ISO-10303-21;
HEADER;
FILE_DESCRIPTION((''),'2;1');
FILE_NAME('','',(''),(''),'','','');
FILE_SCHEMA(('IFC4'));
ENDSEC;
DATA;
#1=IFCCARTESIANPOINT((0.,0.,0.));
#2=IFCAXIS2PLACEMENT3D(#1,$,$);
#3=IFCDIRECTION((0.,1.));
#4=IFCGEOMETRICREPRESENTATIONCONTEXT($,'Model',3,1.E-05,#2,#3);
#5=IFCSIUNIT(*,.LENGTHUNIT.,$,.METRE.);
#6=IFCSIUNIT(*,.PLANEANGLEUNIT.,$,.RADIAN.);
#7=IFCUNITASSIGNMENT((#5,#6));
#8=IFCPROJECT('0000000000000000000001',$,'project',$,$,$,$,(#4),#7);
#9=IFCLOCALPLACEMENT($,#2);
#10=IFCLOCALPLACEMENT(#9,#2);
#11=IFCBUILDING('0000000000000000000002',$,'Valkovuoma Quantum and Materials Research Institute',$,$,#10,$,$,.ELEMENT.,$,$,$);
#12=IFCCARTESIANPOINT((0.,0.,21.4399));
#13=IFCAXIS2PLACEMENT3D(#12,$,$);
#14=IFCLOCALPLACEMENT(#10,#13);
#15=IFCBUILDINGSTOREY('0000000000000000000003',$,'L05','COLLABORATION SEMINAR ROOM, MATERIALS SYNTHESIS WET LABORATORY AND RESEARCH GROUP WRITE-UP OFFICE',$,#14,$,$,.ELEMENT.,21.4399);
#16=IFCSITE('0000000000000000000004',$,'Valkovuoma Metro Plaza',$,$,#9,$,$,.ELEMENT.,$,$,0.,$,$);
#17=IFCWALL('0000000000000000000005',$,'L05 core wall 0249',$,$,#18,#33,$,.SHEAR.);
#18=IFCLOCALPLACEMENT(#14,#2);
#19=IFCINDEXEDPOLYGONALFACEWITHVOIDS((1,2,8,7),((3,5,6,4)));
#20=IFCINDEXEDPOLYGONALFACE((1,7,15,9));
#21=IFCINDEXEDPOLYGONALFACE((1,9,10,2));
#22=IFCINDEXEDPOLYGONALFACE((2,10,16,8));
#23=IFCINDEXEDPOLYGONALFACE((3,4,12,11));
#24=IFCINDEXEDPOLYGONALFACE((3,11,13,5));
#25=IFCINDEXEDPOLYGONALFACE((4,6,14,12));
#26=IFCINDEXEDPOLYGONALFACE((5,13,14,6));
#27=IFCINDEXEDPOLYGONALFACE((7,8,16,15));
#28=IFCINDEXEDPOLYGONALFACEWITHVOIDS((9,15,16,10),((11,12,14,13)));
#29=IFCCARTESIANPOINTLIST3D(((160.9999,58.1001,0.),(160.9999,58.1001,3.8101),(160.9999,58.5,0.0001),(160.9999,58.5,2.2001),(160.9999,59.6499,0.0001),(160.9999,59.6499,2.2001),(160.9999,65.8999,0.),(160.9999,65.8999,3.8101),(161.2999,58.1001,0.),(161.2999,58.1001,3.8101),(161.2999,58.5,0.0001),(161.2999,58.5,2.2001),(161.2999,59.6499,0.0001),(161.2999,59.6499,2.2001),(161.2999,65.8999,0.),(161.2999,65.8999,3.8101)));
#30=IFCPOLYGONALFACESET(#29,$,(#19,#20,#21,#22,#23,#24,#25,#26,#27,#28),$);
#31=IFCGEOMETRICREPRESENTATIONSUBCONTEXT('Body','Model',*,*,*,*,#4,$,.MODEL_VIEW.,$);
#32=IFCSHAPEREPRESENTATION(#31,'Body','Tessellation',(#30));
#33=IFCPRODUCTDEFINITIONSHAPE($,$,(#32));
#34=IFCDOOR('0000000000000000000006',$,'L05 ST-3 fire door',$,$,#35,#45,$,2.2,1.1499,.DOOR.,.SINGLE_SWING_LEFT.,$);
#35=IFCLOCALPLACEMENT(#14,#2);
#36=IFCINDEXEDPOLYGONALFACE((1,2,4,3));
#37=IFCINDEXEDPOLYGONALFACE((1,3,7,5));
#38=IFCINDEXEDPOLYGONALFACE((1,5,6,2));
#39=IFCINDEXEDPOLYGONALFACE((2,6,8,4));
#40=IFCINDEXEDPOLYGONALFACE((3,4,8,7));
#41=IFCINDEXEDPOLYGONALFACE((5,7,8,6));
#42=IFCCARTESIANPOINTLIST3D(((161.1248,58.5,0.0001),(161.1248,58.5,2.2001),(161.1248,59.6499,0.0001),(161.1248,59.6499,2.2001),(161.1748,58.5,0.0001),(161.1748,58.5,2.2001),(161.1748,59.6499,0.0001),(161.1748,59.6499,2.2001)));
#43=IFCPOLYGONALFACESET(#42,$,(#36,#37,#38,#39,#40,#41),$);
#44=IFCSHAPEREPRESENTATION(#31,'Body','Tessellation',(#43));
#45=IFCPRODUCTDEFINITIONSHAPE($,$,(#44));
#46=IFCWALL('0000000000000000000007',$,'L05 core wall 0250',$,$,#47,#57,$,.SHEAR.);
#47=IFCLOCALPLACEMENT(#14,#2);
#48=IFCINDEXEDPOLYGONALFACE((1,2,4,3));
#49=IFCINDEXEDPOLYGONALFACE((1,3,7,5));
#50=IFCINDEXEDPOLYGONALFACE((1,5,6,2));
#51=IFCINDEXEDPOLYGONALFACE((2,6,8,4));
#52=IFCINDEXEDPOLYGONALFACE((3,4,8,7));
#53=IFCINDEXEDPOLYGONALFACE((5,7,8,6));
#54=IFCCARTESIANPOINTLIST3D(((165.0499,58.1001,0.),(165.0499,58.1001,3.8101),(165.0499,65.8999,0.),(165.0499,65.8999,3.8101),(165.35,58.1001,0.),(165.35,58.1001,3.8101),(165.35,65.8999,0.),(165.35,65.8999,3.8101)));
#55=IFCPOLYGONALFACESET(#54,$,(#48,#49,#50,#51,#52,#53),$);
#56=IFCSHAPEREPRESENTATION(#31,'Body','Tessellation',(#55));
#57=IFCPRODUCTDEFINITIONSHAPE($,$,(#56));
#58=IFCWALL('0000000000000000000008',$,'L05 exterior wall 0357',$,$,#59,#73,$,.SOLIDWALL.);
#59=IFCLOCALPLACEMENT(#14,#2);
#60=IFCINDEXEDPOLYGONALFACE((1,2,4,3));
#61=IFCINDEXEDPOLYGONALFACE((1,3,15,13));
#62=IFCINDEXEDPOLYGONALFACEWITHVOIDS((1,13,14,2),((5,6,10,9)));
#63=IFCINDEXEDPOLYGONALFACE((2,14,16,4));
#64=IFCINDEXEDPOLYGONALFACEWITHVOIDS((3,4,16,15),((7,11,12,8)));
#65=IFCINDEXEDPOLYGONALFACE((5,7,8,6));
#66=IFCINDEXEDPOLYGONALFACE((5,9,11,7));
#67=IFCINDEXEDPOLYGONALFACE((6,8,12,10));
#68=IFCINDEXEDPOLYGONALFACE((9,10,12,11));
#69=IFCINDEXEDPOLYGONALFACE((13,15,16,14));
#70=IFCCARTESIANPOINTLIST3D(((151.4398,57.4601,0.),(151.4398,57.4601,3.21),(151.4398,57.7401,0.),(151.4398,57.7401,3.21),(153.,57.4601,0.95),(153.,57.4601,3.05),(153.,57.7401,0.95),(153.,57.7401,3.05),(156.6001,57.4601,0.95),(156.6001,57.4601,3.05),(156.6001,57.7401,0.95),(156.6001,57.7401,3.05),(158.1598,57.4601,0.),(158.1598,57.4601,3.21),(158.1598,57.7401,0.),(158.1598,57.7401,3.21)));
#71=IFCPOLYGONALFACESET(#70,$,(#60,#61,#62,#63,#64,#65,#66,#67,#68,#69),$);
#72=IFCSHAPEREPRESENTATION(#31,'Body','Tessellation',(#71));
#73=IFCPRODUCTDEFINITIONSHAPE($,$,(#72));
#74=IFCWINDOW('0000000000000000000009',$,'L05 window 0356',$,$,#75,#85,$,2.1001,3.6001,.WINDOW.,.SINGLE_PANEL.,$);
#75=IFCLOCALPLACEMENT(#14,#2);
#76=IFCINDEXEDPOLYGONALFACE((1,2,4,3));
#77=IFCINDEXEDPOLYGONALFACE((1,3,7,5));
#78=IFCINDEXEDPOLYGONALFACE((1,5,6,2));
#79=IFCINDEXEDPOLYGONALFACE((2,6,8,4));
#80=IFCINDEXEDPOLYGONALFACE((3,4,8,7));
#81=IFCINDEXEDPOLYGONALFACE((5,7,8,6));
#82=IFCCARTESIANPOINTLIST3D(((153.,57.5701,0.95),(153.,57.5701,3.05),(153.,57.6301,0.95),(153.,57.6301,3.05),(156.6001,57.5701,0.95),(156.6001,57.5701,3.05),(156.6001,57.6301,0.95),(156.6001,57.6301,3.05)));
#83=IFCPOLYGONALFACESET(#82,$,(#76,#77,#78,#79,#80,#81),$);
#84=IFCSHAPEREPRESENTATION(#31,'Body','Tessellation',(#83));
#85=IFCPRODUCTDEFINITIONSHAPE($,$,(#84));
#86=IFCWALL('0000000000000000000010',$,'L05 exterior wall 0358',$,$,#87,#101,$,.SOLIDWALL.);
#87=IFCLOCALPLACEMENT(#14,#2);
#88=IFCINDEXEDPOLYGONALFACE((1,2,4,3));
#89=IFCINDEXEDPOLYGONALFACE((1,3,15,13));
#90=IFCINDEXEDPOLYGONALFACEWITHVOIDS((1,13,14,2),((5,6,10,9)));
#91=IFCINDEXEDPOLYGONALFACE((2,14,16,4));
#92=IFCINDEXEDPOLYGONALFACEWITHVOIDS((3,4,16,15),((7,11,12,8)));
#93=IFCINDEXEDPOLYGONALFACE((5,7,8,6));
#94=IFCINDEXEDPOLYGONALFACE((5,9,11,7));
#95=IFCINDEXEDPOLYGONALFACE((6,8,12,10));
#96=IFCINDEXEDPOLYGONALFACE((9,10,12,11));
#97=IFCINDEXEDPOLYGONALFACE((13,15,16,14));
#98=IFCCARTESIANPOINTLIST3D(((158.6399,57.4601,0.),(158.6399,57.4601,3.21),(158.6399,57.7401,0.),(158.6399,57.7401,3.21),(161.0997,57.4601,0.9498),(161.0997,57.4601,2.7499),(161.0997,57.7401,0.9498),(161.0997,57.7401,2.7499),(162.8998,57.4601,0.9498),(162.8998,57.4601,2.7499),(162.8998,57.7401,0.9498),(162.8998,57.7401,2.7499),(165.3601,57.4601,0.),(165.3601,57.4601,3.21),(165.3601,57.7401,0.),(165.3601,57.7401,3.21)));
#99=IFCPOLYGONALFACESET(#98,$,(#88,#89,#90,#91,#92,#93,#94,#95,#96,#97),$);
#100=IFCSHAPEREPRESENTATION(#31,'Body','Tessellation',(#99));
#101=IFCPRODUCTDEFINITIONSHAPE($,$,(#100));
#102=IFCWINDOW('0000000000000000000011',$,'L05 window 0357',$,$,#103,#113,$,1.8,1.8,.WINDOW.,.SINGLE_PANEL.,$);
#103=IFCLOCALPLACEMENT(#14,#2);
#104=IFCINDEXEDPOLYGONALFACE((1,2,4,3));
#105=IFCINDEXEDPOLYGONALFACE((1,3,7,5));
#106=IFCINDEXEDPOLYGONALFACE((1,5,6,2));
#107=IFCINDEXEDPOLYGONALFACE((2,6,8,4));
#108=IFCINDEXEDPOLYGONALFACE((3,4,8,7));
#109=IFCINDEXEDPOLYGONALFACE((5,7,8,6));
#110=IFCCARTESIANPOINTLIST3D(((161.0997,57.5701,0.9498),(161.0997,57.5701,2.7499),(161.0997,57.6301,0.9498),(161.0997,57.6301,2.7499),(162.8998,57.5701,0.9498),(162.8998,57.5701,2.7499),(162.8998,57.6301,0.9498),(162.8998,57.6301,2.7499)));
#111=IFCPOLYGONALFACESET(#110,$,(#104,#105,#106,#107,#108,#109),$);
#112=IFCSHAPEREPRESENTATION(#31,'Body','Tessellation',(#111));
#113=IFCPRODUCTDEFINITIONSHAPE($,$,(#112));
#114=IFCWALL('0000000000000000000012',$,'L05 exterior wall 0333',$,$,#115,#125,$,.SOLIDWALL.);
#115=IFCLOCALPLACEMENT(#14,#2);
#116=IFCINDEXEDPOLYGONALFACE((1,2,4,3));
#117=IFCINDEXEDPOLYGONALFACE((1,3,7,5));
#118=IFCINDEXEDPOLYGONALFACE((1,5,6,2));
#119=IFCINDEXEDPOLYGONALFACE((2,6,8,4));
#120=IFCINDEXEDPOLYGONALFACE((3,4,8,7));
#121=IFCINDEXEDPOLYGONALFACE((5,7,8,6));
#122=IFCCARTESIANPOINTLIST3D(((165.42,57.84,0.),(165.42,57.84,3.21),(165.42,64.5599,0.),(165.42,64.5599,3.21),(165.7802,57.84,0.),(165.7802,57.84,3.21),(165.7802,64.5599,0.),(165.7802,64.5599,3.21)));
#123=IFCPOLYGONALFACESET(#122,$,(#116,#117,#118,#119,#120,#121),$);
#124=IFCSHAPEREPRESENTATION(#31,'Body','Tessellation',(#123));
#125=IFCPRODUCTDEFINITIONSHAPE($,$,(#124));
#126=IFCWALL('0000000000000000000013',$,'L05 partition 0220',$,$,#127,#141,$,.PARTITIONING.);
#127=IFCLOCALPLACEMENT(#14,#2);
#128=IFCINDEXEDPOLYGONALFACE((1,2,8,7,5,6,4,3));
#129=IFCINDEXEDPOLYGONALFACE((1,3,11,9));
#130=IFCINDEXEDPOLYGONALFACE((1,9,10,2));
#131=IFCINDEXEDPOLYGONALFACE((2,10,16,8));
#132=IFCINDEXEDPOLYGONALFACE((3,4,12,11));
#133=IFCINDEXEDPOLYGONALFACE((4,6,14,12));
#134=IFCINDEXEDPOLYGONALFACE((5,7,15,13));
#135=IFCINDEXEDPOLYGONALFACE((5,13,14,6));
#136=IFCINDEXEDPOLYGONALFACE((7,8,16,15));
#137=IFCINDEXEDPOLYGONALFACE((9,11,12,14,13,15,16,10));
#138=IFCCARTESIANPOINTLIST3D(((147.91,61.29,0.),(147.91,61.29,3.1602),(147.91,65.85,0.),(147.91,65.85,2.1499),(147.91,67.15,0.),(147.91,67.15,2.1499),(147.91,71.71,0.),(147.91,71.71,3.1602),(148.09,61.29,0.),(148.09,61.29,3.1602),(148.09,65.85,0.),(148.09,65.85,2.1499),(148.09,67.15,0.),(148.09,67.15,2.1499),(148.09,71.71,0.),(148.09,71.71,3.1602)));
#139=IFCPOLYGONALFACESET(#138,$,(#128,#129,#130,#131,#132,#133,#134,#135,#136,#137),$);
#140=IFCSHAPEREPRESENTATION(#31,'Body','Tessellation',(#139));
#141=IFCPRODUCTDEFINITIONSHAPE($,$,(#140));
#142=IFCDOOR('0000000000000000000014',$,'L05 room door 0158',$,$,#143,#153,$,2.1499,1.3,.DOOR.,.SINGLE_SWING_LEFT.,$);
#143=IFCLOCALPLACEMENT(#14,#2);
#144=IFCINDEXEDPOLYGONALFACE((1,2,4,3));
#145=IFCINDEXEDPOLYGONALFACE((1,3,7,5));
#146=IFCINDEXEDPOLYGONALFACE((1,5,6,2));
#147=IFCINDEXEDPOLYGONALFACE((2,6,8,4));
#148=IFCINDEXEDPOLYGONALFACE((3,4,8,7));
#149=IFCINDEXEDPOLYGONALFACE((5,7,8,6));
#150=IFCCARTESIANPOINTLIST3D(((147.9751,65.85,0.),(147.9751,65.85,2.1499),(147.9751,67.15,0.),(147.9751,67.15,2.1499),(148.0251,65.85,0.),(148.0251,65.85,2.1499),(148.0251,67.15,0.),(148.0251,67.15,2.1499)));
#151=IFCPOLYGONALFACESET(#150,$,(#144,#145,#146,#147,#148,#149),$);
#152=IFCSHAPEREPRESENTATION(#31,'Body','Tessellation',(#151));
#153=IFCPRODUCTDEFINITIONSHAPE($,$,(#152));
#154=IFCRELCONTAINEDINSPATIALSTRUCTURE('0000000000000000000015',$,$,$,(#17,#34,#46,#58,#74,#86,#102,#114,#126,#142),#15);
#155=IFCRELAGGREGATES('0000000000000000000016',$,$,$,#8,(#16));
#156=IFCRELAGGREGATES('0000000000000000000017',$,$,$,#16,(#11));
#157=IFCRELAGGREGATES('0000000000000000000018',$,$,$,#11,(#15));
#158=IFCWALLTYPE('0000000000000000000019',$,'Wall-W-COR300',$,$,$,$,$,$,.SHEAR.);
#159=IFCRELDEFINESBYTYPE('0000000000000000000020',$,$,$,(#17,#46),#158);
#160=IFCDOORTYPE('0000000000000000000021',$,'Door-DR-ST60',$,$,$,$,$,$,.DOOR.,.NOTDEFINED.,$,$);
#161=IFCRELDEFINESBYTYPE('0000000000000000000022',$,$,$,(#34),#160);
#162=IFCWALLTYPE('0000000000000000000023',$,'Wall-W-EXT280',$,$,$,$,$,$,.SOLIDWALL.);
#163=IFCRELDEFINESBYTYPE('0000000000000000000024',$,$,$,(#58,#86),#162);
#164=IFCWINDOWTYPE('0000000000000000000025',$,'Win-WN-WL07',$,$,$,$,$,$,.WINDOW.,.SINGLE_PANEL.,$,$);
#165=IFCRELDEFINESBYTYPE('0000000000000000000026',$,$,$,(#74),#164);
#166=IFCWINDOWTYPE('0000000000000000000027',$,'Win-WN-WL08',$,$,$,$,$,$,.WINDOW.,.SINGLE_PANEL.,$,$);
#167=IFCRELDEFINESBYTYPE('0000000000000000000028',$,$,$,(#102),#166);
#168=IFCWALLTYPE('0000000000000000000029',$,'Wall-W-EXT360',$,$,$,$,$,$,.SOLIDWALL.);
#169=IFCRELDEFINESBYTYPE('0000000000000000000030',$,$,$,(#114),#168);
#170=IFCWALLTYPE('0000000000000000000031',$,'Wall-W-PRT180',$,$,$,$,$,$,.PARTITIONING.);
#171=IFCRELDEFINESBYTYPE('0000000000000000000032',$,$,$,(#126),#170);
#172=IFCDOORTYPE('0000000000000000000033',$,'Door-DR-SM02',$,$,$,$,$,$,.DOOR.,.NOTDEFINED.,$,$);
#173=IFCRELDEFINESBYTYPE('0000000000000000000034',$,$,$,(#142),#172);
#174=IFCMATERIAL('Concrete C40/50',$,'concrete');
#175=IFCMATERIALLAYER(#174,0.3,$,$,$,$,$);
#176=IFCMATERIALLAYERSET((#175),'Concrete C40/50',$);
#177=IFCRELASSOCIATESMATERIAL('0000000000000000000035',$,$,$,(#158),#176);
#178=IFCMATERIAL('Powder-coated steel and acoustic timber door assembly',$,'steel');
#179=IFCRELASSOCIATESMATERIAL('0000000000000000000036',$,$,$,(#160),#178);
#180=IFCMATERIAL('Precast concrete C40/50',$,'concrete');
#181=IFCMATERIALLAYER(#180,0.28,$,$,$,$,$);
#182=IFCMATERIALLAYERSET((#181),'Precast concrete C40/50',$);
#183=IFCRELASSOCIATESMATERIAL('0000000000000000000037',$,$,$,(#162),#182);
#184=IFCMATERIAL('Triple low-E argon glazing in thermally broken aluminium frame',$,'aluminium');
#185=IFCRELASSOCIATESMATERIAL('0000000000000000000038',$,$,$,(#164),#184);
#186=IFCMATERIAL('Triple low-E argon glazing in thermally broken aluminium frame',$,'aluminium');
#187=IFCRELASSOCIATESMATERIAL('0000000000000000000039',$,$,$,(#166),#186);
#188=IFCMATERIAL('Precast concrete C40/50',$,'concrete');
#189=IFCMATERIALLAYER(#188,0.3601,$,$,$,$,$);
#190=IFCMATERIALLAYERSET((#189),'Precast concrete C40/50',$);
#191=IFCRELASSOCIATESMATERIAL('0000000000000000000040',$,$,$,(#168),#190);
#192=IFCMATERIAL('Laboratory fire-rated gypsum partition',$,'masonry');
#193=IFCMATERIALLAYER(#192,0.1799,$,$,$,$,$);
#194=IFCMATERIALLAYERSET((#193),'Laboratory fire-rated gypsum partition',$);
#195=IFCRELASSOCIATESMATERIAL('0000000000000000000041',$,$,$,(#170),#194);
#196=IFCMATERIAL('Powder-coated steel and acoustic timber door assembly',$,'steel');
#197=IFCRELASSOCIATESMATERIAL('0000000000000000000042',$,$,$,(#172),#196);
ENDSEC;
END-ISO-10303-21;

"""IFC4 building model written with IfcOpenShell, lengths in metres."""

from ifc_helpers import new_model, si_unit, direction, frame, frame_2d, origin, place, context, subcontext, project, spatial, rectangle, extrude, material, layer, layer_set, type_object, element, fill, save


model = new_model("IFC4")

# Units and contexts
model_context = context("Model", 3, precision=1e-05, world=origin(), true_north=direction((0.0, 1.0)))
body_context = subcontext(model_context, "Body", "Model", "MODEL_VIEW")
ifc_project = project(units=[si_unit("LENGTHUNIT", "METRE"), si_unit("PLANEANGLEUNIT", "RADIAN")], contexts=[model_context])

# Site, building, storey
site_placement = place(None, origin())
site = spatial("IfcSite", under=ifc_project, at=site_placement, Name="Valkovuoma Metro Plaza", CompositionType="ELEMENT", RefElevation=0.0)
building_placement = place(site_placement, origin())
building = spatial("IfcBuilding", under=site, at=building_placement, Name="Valkovuoma Quantum and Materials Research Institute", CompositionType="ELEMENT")
storey_placement = place(building_placement, frame((0.0, 0.0, 21.4399)))
storey = spatial("IfcBuildingStorey", under=building, at=storey_placement, Name="L05", Description="COLLABORATION SEMINAR ROOM, MATERIALS SYNTHESIS WET LABORATORY AND RESEARCH GROUP WRITE-UP OFFICE", CompositionType="ELEMENT", Elevation=21.4399)

# Shared definitions
ifc_material_1 = material(Name="Concrete C40/50", Category="concrete")
ifc_layer_1 = layer(ifc_material_1, 0.3)
ifc_layer_set_1 = layer_set([ifc_layer_1], Name="Concrete C40/50")
wall_type_1 = type_object("IfcWallType", Name="Wall-W-COR300", PredefinedType="SHEAR", material=ifc_layer_set_1)

# Wall, opening, door
wall_1_placement = place(storey_placement, frame((161.1499, 58.1001, 0.0), z_axis=(0.0, 0.0, 1.0), x_axis=(0.0, 1.0, 0.0)))
wall_1 = element("IfcWall", 1, at=wall_1_placement, inside=storey, type_object=wall_type_1, Name="L05 core wall 0249", PredefinedType="SHEAR", context=body_context, shape_type="SweptSolid", body=[
    extrude(rectangle(XDim=7.7998, YDim=0.3, at=frame_2d((3.8999, 0.0))), origin(), (0.0, 0.0, 1.0), 3.8101),
])
opening_1_placement = place(wall_1_placement, frame((0.3999, 0.0, 0.0)))
opening_1 = element("IfcOpeningElement", 2, at=opening_1_placement, cuts=wall_1, PredefinedType="OPENING", context=body_context, shape_type="SweptSolid", body=[
    extrude(rectangle(XDim=1.1499, YDim=2.2, at=frame_2d((0.575, 1.1001))), frame((0.0, 0.1602, 0.0), z_axis=(0.0, -1.0, 0.0), x_axis=(1.0, 0.0, 0.0)), (0.0, 0.0, 1.0), 0.3201),
])
ifc_material_2 = material(Name="Powder-coated steel and acoustic timber door assembly", Category="steel")
door_type_1 = type_object("IfcDoorType", Name="Door-DR-ST60", OperationType="NOTDEFINED", PredefinedType="DOOR", material=ifc_material_2)
door_1_placement = place(opening_1_placement, frame((1.1499, 0.0, 0.0), z_axis=(0.0, 0.0, 1.0), x_axis=(-1.0, 0.0, 0.0)))
door_1 = element("IfcDoor", 3, at=door_1_placement, inside=storey, type_object=door_type_1, Name="L05 ST-3 fire door", OperationType="SINGLE_SWING_LEFT", OverallHeight=2.2, OverallWidth=1.1499, PredefinedType="DOOR", context=body_context, shape_type="SweptSolid", body=[
    extrude(rectangle(XDim=1.1499, YDim=2.2, at=frame_2d((0.575, 1.1001))), frame((0.0, 0.0249, 0.0), z_axis=(0.0, -1.0, 0.0), x_axis=(1.0, 0.0, 0.0)), (0.0, 0.0, 1.0), 0.05),
])
fill(opening_1, door_1)

# Wall
wall_2_placement = place(storey_placement, frame((165.2, 58.1001, 0.0), z_axis=(0.0, 0.0, 1.0), x_axis=(0.0, 1.0, 0.0)))
element("IfcWall", 4, at=wall_2_placement, inside=storey, type_object=wall_type_1, Name="L05 core wall 0250", PredefinedType="SHEAR", context=body_context, shape_type="SweptSolid", body=[
    extrude(rectangle(XDim=7.7998, YDim=0.3, at=frame_2d((3.8999, 0.0))), origin(), (0.0, 0.0, 1.0), 3.8101),
])

# Walls, openings, windows
ifc_material_3 = material(Name="Precast concrete C40/50", Category="concrete")
ifc_layer_2 = layer(ifc_material_3, 0.28)
ifc_layer_set_2 = layer_set([ifc_layer_2], Name="Precast concrete C40/50")
wall_type_2 = type_object("IfcWallType", Name="Wall-W-EXT280", PredefinedType="SOLIDWALL", material=ifc_layer_set_2)
wall_3_placement = place(storey_placement, frame((151.4399, 57.6001, 0.0), z_axis=(0.0, 0.0, 1.0), x_axis=(1.0, 0.0, 0.0)))
wall_3 = element("IfcWall", 5, at=wall_3_placement, inside=storey, type_object=wall_type_2, Name="L05 exterior wall 0357", PredefinedType="SOLIDWALL", context=body_context, shape_type="SweptSolid", body=[
    extrude(rectangle(XDim=6.72, YDim=0.28, at=frame_2d((3.3599, 0.0))), origin(), (0.0, 0.0, 1.0), 3.21),
])
opening_2_placement = place(wall_3_placement, frame((1.5601, 0.0, 0.95)))
opening_2 = element("IfcOpeningElement", 6, at=opening_2_placement, cuts=wall_3, PredefinedType="OPENING", context=body_context, shape_type="SweptSolid", body=[
    extrude(rectangle(XDim=3.6001, YDim=2.1001, at=frame_2d((1.8, 1.05))), frame((0.0, 0.1499, 0.0), z_axis=(0.0, -1.0, 0.0), x_axis=(1.0, 0.0, 0.0)), (0.0, 0.0, 1.0), 0.3),
])
ifc_material_4 = material(Name="Triple low-E argon glazing in thermally broken aluminium frame", Category="aluminium")
window_type_1 = type_object("IfcWindowType", Name="Win-WN-WL07", PartitioningType="SINGLE_PANEL", PredefinedType="WINDOW", material=ifc_material_4)
window_1_placement = place(opening_2_placement, origin())
window_1 = element("IfcWindow", 7, at=window_1_placement, inside=storey, type_object=window_type_1, Name="L05 window 0356", OverallHeight=2.1001, OverallWidth=3.6001, PartitioningType="SINGLE_PANEL", PredefinedType="WINDOW", context=body_context, shape_type="SweptSolid", body=[
    extrude(rectangle(XDim=3.6001, YDim=2.1001, at=frame_2d((1.8, 1.05))), frame((0.0, 0.03, 0.0), z_axis=(0.0, -1.0, 0.0), x_axis=(1.0, 0.0, 0.0)), (0.0, 0.0, 1.0), 0.0601),
])
fill(opening_2, window_1)
wall_4_placement = place(storey_placement, frame((158.6399, 57.6001, 0.0), z_axis=(0.0, 0.0, 1.0), x_axis=(1.0, 0.0, 0.0)))
wall_4 = element("IfcWall", 8, at=wall_4_placement, inside=storey, type_object=wall_type_2, Name="L05 exterior wall 0358", PredefinedType="SOLIDWALL", context=body_context, shape_type="SweptSolid", body=[
    extrude(rectangle(XDim=6.7202, YDim=0.28, at=frame_2d((3.3601, 0.0))), origin(), (0.0, 0.0, 1.0), 3.21),
])
opening_3_placement = place(wall_4_placement, frame((2.46, 0.0, 0.95)))
opening_3 = element("IfcOpeningElement", 9, at=opening_3_placement, cuts=wall_4, PredefinedType="OPENING", context=body_context, shape_type="SweptSolid", body=[
    extrude(rectangle(XDim=1.8, YDim=1.8, at=frame_2d((0.8999, 0.8999))), frame((0.0, 0.1499, 0.0), z_axis=(0.0, -1.0, 0.0), x_axis=(1.0, 0.0, 0.0)), (0.0, 0.0, 1.0), 0.3),
])
ifc_material_5 = material(Name="Triple low-E argon glazing in thermally broken aluminium frame", Category="aluminium")
window_type_2 = type_object("IfcWindowType", Name="Win-WN-WL08", PartitioningType="SINGLE_PANEL", PredefinedType="WINDOW", material=ifc_material_5)
window_2_placement = place(opening_3_placement, origin())
window_2 = element("IfcWindow", 10, at=window_2_placement, inside=storey, type_object=window_type_2, Name="L05 window 0357", OverallHeight=1.8, OverallWidth=1.8, PartitioningType="SINGLE_PANEL", PredefinedType="WINDOW", context=body_context, shape_type="SweptSolid", body=[
    extrude(rectangle(XDim=1.8, YDim=1.8, at=frame_2d((0.8999, 0.8999))), frame((0.0, 0.03, 0.0), z_axis=(0.0, -1.0, 0.0), x_axis=(1.0, 0.0, 0.0)), (0.0, 0.0, 1.0), 0.0601),
])
fill(opening_3, window_2)

# Wall
ifc_material_6 = material(Name="Precast concrete C40/50", Category="concrete")
ifc_layer_3 = layer(ifc_material_6, 0.3601)
ifc_layer_set_3 = layer_set([ifc_layer_3], Name="Precast concrete C40/50")
wall_type_3 = type_object("IfcWallType", Name="Wall-W-EXT360", PredefinedType="SOLIDWALL", material=ifc_layer_set_3)
wall_5_placement = place(storey_placement, frame((165.6001, 57.8401, 0.0), z_axis=(0.0, 0.0, 1.0), x_axis=(0.0, 1.0, 0.0)))
element("IfcWall", 11, at=wall_5_placement, inside=storey, type_object=wall_type_3, Name="L05 exterior wall 0333", PredefinedType="SOLIDWALL", context=body_context, shape_type="SweptSolid", body=[
    extrude(rectangle(XDim=6.72, YDim=0.3601, at=frame_2d((3.3599, 0.0))), origin(), (0.0, 0.0, 1.0), 3.21),
])

# Wall, opening, door
ifc_material_7 = material(Name="Laboratory fire-rated gypsum partition", Category="masonry")
ifc_layer_4 = layer(ifc_material_7, 0.1799)
ifc_layer_set_4 = layer_set([ifc_layer_4], Name="Laboratory fire-rated gypsum partition")
wall_type_4 = type_object("IfcWallType", Name="Wall-W-PRT180", PredefinedType="PARTITIONING", material=ifc_layer_set_4)
wall_6_placement = place(storey_placement, frame((148.0, 61.29, 0.0), z_axis=(0.0, 0.0, 1.0), x_axis=(0.0, 1.0, 0.0)))
wall_6 = element("IfcWall", 12, at=wall_6_placement, inside=storey, type_object=wall_type_4, Name="L05 partition 0220", PredefinedType="PARTITIONING", context=body_context, shape_type="SweptSolid", body=[
    extrude(rectangle(XDim=10.4199, YDim=0.1799, at=frame_2d((5.21, 0.0))), origin(), (0.0, 0.0, 1.0), 3.1602),
])
opening_4_placement = place(wall_6_placement, frame((4.5601, 0.0, 0.0)))
opening_4 = element("IfcOpeningElement", 13, at=opening_4_placement, cuts=wall_6, PredefinedType="OPENING", context=body_context, shape_type="SweptSolid", body=[
    extrude(rectangle(XDim=1.3, YDim=2.1499, at=frame_2d((0.6499, 1.075))), frame((0.0, 0.1001, 0.0), z_axis=(0.0, -1.0, 0.0), x_axis=(1.0, 0.0, 0.0)), (0.0, 0.0, 1.0), 0.2),
])
ifc_material_8 = material(Name="Powder-coated steel and acoustic timber door assembly", Category="steel")
door_type_2 = type_object("IfcDoorType", Name="Door-DR-SM02", OperationType="NOTDEFINED", PredefinedType="DOOR", material=ifc_material_8)
door_2_placement = place(opening_4_placement, origin())
door_2 = element("IfcDoor", 14, at=door_2_placement, inside=storey, type_object=door_type_2, Name="L05 room door 0158", OperationType="SINGLE_SWING_LEFT", OverallHeight=2.1499, OverallWidth=1.3, PredefinedType="DOOR", context=body_context, shape_type="SweptSolid", body=[
    extrude(rectangle(XDim=1.3, YDim=2.1499, at=frame_2d((0.6499, 1.075))), frame((0.0, 0.0249, 0.0), z_axis=(0.0, -1.0, 0.0), x_axis=(1.0, 0.0, 0.0)), (0.0, 0.0, 1.0), 0.05),
])
fill(opening_4, door_2)

save(model, "model.ifc")
